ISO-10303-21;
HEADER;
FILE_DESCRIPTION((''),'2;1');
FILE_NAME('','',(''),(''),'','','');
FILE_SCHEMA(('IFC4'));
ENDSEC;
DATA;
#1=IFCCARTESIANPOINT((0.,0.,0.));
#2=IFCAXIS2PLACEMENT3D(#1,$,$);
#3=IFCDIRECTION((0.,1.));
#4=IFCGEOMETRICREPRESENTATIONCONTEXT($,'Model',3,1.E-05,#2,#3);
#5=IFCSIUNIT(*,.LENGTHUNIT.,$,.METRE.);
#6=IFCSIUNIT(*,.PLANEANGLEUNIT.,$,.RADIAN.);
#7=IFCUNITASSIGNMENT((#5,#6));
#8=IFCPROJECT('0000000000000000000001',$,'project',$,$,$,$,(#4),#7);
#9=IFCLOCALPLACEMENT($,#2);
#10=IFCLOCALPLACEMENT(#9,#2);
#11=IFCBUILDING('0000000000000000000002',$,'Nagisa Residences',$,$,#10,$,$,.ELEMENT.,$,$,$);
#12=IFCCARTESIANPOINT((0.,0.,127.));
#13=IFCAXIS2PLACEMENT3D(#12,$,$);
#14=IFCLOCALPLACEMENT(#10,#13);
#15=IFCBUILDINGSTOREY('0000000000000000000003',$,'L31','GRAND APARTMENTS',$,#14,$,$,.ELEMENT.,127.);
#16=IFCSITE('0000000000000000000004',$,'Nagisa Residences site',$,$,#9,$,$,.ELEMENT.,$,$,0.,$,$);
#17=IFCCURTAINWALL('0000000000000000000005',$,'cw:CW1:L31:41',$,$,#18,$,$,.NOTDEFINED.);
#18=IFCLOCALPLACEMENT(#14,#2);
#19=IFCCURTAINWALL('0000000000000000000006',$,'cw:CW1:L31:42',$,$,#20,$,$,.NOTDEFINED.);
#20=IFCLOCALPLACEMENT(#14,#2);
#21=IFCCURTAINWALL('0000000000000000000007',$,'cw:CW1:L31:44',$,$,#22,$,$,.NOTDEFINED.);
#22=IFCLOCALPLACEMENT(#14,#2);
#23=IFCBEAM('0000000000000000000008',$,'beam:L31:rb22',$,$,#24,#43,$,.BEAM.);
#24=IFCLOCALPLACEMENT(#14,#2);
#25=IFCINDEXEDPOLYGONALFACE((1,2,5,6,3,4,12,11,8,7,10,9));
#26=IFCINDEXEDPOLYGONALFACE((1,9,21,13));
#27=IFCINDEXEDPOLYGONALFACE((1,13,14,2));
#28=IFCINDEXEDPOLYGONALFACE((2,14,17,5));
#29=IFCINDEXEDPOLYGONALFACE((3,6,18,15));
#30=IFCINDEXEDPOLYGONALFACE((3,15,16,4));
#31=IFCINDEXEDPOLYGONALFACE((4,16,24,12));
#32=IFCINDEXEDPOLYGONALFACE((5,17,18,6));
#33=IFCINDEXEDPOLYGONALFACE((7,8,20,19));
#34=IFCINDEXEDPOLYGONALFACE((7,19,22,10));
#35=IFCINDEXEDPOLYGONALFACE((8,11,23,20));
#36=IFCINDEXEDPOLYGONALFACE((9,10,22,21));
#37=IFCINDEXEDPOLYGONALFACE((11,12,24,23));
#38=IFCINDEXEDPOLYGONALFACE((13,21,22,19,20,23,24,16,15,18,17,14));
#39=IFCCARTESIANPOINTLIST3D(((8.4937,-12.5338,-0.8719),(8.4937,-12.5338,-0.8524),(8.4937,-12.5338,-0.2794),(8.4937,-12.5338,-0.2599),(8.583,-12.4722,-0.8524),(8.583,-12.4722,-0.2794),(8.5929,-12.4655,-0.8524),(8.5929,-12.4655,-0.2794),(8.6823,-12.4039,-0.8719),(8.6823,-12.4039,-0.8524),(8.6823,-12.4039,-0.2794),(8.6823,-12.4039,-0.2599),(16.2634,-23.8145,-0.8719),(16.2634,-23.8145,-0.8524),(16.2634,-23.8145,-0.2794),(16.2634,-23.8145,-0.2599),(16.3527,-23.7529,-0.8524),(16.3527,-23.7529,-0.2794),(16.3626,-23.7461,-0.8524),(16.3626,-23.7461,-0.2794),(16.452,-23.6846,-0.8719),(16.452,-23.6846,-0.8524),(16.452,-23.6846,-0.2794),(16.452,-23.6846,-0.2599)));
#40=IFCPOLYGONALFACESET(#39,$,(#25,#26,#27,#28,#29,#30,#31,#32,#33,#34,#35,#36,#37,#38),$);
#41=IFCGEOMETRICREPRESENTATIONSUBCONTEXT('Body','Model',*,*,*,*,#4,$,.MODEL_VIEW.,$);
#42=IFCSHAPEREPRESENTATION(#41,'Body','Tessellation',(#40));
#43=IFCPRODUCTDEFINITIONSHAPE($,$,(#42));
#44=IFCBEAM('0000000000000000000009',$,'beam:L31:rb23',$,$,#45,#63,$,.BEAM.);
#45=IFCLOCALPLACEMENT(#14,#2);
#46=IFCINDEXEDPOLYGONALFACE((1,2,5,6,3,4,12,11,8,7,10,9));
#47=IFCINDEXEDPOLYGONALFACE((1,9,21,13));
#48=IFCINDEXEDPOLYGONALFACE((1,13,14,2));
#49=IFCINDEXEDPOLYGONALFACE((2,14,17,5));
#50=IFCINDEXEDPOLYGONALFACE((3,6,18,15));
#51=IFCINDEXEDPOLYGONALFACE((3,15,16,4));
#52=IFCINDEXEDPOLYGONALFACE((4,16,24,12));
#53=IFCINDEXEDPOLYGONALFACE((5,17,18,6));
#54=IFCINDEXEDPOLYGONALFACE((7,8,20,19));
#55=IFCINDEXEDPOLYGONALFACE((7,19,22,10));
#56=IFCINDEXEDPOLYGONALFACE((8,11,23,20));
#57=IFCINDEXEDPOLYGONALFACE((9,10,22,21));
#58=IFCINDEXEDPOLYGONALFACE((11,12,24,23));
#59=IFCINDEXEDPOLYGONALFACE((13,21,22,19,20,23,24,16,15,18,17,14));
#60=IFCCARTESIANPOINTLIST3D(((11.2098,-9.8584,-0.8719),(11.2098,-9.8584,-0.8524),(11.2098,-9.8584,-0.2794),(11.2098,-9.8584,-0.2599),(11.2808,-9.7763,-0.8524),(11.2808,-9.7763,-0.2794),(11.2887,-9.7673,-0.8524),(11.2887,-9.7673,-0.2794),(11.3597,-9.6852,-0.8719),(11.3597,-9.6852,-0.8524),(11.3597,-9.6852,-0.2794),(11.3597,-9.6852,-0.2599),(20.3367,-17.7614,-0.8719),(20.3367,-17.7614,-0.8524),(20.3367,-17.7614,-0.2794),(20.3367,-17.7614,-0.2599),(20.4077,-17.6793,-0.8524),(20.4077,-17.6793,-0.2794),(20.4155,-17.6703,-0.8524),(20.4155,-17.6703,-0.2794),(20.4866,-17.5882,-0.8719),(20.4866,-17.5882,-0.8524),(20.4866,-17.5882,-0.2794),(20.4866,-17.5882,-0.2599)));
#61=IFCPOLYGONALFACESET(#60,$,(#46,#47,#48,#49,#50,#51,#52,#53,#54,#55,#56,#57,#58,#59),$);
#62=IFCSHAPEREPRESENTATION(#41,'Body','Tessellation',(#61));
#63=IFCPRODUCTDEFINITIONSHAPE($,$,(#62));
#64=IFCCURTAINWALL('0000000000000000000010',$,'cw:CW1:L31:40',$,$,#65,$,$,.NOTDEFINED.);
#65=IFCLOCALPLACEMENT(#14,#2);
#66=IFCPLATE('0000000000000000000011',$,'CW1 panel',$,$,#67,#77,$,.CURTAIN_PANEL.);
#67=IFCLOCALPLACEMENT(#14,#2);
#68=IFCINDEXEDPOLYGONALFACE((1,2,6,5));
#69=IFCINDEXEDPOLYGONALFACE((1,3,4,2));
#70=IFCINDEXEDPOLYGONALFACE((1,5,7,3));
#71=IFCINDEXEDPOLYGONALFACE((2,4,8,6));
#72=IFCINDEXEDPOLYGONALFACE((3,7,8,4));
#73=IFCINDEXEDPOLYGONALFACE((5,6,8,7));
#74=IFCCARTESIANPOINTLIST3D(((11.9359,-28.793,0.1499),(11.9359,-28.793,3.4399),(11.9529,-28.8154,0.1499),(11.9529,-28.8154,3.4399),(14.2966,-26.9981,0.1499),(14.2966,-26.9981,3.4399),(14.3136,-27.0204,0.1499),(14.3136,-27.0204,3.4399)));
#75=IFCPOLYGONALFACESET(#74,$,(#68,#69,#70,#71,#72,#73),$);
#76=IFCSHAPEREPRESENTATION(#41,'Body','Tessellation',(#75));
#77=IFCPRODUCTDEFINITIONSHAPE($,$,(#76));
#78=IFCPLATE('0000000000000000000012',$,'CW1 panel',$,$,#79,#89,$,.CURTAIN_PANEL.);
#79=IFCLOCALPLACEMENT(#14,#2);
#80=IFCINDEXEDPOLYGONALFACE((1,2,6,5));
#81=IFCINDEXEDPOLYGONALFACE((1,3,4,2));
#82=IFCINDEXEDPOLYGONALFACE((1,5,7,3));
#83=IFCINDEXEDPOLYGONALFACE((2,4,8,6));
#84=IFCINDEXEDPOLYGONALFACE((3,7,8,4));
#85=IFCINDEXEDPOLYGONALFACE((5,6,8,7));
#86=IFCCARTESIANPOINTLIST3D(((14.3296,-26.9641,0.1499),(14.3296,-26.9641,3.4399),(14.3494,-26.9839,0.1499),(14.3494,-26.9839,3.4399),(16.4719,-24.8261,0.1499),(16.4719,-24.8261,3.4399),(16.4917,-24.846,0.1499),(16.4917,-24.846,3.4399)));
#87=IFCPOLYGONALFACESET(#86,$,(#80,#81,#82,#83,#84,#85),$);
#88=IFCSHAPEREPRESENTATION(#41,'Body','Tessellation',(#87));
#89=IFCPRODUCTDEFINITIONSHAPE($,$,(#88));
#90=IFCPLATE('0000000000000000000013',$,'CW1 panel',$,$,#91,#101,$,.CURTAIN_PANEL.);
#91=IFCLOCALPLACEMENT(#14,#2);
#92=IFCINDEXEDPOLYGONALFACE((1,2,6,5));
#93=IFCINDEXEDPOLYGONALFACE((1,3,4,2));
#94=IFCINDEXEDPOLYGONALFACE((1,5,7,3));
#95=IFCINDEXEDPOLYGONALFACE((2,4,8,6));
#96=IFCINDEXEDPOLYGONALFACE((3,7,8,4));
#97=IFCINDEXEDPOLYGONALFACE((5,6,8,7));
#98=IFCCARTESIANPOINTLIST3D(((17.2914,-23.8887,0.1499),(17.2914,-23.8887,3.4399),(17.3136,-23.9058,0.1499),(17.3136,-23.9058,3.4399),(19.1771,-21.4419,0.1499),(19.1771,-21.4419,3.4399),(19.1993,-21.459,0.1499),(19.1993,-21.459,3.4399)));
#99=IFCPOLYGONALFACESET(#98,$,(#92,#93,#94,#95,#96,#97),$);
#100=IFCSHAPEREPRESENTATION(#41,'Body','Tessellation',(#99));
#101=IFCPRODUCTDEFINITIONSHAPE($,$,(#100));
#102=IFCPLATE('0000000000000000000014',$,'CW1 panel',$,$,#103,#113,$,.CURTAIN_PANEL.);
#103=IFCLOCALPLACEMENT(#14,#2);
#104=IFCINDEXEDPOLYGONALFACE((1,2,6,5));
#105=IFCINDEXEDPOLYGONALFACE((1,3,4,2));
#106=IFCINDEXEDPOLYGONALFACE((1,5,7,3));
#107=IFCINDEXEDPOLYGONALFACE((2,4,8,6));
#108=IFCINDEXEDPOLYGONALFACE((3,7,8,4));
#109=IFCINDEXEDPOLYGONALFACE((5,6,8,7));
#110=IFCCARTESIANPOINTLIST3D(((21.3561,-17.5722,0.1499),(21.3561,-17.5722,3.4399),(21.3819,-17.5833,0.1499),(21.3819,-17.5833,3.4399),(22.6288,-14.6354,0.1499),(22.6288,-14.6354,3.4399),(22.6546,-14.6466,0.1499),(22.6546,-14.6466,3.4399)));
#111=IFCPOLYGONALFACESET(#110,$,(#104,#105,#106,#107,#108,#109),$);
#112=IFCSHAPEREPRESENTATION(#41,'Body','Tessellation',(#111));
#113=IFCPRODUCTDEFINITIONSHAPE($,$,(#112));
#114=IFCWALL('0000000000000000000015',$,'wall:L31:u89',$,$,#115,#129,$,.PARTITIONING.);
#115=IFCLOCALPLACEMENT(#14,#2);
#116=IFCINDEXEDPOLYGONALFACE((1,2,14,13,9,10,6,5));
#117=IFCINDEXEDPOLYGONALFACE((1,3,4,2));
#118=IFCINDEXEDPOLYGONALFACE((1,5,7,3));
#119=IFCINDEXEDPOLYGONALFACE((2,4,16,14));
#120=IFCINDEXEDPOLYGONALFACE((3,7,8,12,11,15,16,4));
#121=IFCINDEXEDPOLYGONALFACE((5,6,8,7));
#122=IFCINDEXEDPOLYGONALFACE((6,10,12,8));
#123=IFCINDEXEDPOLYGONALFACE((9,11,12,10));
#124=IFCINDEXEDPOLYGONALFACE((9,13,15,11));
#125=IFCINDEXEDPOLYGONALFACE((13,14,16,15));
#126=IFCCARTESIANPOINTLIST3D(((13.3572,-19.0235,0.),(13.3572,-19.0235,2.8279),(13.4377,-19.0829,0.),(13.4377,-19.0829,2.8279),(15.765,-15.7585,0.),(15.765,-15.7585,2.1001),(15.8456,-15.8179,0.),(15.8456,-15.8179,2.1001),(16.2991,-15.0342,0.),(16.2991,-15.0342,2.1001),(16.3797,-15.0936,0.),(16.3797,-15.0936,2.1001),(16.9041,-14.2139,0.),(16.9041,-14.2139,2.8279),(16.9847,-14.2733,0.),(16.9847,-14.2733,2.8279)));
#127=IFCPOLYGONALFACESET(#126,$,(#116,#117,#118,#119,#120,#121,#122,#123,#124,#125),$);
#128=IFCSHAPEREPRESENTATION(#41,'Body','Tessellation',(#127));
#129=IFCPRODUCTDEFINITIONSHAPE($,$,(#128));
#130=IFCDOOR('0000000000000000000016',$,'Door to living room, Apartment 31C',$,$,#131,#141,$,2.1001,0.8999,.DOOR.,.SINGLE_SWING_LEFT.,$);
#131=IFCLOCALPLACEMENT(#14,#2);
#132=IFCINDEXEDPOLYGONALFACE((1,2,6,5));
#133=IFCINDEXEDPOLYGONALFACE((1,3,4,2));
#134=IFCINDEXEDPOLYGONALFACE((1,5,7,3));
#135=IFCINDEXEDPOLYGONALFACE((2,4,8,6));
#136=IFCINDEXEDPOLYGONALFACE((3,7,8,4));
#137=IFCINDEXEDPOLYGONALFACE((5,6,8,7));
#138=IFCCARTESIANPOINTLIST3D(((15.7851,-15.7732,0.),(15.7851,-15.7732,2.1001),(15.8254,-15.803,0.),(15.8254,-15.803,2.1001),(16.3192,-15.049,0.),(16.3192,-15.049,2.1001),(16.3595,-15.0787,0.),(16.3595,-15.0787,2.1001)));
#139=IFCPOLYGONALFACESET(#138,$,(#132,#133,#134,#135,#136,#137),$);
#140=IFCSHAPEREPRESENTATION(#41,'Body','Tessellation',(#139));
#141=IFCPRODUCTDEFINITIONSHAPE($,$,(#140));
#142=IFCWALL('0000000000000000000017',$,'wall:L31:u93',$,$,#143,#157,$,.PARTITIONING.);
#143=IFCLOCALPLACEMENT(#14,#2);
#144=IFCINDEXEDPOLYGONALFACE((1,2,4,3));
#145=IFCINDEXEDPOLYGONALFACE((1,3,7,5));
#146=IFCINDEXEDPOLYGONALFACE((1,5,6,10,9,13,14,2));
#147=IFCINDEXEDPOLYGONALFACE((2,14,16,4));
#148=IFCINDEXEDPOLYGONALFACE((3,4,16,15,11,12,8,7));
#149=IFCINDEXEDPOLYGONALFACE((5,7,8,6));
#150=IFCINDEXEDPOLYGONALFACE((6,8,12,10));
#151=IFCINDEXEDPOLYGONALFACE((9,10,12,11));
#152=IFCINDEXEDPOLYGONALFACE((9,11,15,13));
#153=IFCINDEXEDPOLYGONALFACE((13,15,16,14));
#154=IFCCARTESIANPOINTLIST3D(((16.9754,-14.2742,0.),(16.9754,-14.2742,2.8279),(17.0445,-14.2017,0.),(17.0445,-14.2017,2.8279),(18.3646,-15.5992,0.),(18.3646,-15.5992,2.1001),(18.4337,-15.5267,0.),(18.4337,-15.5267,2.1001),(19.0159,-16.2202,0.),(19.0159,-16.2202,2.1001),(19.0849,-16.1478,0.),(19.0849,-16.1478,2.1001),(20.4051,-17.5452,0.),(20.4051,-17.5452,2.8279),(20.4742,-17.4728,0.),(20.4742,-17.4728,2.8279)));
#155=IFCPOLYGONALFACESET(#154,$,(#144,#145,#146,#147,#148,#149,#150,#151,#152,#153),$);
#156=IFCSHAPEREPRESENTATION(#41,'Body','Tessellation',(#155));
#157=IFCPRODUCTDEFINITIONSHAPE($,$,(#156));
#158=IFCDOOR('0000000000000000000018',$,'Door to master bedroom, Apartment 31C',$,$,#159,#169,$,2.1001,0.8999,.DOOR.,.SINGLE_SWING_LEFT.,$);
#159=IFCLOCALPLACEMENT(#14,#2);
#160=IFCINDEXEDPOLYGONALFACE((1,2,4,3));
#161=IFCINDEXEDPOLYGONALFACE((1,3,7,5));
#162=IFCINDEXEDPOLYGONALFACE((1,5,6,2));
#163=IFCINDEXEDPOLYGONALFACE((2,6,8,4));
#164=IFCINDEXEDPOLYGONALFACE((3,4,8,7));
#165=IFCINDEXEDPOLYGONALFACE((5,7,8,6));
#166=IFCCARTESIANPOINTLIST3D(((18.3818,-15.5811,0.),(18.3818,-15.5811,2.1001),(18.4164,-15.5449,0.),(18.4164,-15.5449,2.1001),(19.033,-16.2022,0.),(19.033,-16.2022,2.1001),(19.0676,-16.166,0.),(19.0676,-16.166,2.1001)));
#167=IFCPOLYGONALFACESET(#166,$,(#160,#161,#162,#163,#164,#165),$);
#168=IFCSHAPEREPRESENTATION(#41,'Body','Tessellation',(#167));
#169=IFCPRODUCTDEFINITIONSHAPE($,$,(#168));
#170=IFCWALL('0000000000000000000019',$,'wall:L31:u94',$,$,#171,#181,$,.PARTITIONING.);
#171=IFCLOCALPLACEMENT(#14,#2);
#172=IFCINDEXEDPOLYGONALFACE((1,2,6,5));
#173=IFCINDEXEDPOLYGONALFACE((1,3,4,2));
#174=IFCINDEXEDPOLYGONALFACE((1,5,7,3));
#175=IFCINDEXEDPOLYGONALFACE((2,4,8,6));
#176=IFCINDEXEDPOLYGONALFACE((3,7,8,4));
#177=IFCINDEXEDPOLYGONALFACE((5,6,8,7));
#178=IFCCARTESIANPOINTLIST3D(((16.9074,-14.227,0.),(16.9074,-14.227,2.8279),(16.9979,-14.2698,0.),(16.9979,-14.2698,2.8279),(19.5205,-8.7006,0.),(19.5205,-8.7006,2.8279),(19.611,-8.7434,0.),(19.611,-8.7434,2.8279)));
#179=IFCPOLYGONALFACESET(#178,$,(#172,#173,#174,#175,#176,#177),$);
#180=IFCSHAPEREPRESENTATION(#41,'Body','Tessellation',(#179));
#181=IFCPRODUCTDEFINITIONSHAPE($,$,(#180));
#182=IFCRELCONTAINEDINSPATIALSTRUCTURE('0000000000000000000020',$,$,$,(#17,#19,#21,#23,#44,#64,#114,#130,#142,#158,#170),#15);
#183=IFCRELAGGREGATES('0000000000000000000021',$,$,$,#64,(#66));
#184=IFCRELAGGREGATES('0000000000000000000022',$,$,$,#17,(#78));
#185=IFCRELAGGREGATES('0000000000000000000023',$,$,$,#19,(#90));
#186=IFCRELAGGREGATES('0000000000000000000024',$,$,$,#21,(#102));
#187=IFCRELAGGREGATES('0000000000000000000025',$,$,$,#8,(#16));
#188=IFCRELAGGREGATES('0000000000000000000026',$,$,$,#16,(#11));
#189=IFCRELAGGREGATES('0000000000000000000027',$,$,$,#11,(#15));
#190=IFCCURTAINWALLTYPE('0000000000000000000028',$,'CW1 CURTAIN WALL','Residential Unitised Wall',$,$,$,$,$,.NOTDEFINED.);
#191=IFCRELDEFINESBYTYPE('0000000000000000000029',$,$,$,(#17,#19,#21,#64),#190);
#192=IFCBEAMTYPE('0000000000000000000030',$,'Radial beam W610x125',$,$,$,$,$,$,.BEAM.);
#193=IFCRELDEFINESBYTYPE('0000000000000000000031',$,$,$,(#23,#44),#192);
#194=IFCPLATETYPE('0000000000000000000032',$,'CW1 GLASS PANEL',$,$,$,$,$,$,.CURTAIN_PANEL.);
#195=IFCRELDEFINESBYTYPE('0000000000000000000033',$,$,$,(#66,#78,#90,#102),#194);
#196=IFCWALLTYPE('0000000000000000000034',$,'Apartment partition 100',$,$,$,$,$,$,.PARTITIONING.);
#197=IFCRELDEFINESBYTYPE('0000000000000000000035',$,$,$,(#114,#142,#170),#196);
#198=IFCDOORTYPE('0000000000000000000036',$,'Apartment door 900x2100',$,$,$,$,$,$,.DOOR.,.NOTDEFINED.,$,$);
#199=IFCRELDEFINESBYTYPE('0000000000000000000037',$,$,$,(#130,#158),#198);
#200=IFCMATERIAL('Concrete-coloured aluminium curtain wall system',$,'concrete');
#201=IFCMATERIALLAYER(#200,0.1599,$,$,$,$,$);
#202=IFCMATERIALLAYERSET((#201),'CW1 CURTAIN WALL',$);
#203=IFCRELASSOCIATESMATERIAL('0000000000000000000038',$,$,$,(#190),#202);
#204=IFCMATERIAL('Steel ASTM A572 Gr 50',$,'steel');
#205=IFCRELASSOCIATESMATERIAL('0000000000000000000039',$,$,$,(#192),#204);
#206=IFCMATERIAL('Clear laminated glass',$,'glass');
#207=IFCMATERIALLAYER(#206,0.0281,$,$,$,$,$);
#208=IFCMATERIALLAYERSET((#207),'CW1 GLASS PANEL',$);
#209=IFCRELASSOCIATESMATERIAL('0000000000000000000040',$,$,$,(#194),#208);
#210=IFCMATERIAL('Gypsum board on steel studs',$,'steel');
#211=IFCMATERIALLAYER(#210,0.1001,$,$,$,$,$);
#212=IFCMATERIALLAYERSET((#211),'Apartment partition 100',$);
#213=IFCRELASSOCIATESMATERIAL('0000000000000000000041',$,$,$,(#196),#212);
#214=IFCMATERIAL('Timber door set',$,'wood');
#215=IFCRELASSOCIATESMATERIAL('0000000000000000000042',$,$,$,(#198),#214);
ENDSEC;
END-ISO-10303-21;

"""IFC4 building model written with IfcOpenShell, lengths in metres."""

from ifc_helpers import new_model, si_unit, direction, frame, frame_2d, origin, origin_2d, place, context, subcontext, project, spatial, rectangle, i_section, extrude, material, layer, layer_set, material_profile, profile_set, type_object, element, fill, aggregate, save


model = new_model("IFC4")

# Units and contexts
model_context = context("Model", 3, precision=1e-05, world=origin(), true_north=direction((0.0, 1.0)))
body_context = subcontext(model_context, "Body", "Model", "MODEL_VIEW")
ifc_project = project(units=[si_unit("LENGTHUNIT", "METRE"), si_unit("PLANEANGLEUNIT", "RADIAN")], contexts=[model_context])

# Site, building, storey
site_placement = place(None, origin())
site = spatial("IfcSite", under=ifc_project, at=site_placement, Name="Nagisa Residences site", CompositionType="ELEMENT", RefElevation=0.0)
building_placement = place(site_placement, origin())
building = spatial("IfcBuilding", under=site, at=building_placement, Name="Nagisa Residences", CompositionType="ELEMENT")
storey_placement = place(building_placement, frame((0.0, 0.0, 127.0)))
storey = spatial("IfcBuildingStorey", under=building, at=storey_placement, Name="L31", Description="GRAND APARTMENTS", CompositionType="ELEMENT", Elevation=127.0)

# Curtain walls
ifc_material_1 = material(Name="Concrete-coloured aluminium curtain wall system", Category="concrete")
ifc_layer_1 = layer(ifc_material_1, 0.1599)
ifc_layer_set_1 = layer_set([ifc_layer_1], Name="CW1 CURTAIN WALL")
curtain_wall_type = type_object("IfcCurtainWallType", Name="CW1 CURTAIN WALL", Description="Residential Unitised Wall", PredefinedType="NOTDEFINED", material=ifc_layer_set_1)
curtain_wall_1_placement = place(storey_placement, origin())
curtain_wall_1 = element("IfcCurtainWall", 1, at=curtain_wall_1_placement, inside=storey, type_object=curtain_wall_type, Name="cw:CW1:L31:41", PredefinedType="NOTDEFINED")
curtain_wall_2_placement = place(storey_placement, origin())
curtain_wall_2 = element("IfcCurtainWall", 2, at=curtain_wall_2_placement, inside=storey, type_object=curtain_wall_type, Name="cw:CW1:L31:42", PredefinedType="NOTDEFINED")
curtain_wall_3_placement = place(storey_placement, origin())
curtain_wall_3 = element("IfcCurtainWall", 3, at=curtain_wall_3_placement, inside=storey, type_object=curtain_wall_type, Name="cw:CW1:L31:44", PredefinedType="NOTDEFINED")

# Beams
ifc_material_2 = material(Name="Steel ASTM A572 Gr 50", Category="steel")
ifc_material_profile_1 = material_profile(ifc_material_2, i_section(OverallWidth=0.229, OverallDepth=0.6121, WebThickness=0.012, FlangeThickness=0.0195, at=origin_2d()), Name="W610x125")
ifc_profile_set_1 = profile_set([ifc_material_profile_1], Name="Steel ASTM A572 Gr 50")
beam_type_1 = type_object("IfcBeamType", Name="Radial beam W610x125", PredefinedType="BEAM", material=ifc_profile_set_1)
beam_1_placement = place(storey_placement, frame((16.3577, -23.7495, -0.5659), z_axis=(-0.567235, 0.823556, 0.0), x_axis=(-0.823556, -0.567235, 0.0)))
element("IfcBeam", 4, at=beam_1_placement, inside=storey, type_object=beam_type_1, Name="beam:L31:rb22", PredefinedType="BEAM", context=body_context, shape_type="SweptSolid", body=[
    extrude(i_section(OverallWidth=0.229, OverallDepth=0.6121, WebThickness=0.012, FlangeThickness=0.0195, at=origin_2d()), origin(), (0.0, 0.0, 1.0), 13.6975),
])
beam_2_placement = place(storey_placement, frame((20.4116, -17.6748, -0.5659), z_axis=(-0.755974, 0.654602, 0.0), x_axis=(-0.654602, -0.755974, 0.0)))
element("IfcBeam", 5, at=beam_2_placement, inside=storey, type_object=beam_type_1, Name="beam:L31:rb23", PredefinedType="BEAM", context=body_context, shape_type="SweptSolid", body=[
    extrude(i_section(OverallWidth=0.229, OverallDepth=0.6121, WebThickness=0.012, FlangeThickness=0.0195, at=origin_2d()), origin(), (0.0, 0.0, 1.0), 12.073),
])

# Curtain wall, plate
curtain_wall_4_placement = place(storey_placement, origin())
curtain_wall_4 = element("IfcCurtainWall", 6, at=curtain_wall_4_placement, inside=storey, type_object=curtain_wall_type, Name="cw:CW1:L31:40", PredefinedType="NOTDEFINED")
ifc_material_3 = material(Name="Clear laminated glass", Category="glass")
ifc_layer_2 = layer(ifc_material_3, 0.0281)
ifc_layer_set_2 = layer_set([ifc_layer_2], Name="CW1 GLASS PANEL")
plate_type = type_object("IfcPlateType", Name="CW1 GLASS PANEL", PredefinedType="CURTAIN_PANEL", material=ifc_layer_set_2)
plate_1_placement = place(storey_placement, frame((13.1248, -27.9067, 0.1499), z_axis=(0.0, 0.0, 1.0), x_axis=(0.796031, 0.605255, 0.0)))
plate_1 = element("IfcPlate", 7, at=plate_1_placement, type_object=plate_type, Name="CW1 panel", PredefinedType="CURTAIN_PANEL", context=body_context, shape_type="SweptSolid", body=[
    extrude(rectangle(XDim=2.9656, YDim=0.0281, at=origin_2d()), origin(), (0.0, 0.0, 1.0), 3.29),
])
aggregate(curtain_wall_4, [plate_1])

# Plates
plate_2_placement = place(storey_placement, frame((15.4106, -25.905, 0.1499), z_axis=(0.0, 0.0, 1.0), x_axis=(0.707836, 0.706377, 0.0)))
plate_2 = element("IfcPlate", 8, at=plate_2_placement, type_object=plate_type, Name="CW1 panel", PredefinedType="CURTAIN_PANEL", context=body_context, shape_type="SweptSolid", body=[
    extrude(rectangle(XDim=3.0266, YDim=0.0281, at=origin_2d()), origin(), (0.0, 0.0, 1.0), 3.29),
])
aggregate(curtain_wall_1, [plate_2])
plate_3_placement = place(storey_placement, frame((18.2454, -22.6738, 0.1499), z_axis=(0.0, 0.0, 1.0), x_axis=(0.61043, 0.79207, 0.0)))
plate_3 = element("IfcPlate", 9, at=plate_3_placement, type_object=plate_type, Name="CW1 panel", PredefinedType="CURTAIN_PANEL", context=body_context, shape_type="SweptSolid", body=[
    extrude(rectangle(XDim=3.0891, YDim=0.0281, at=origin_2d()), origin(), (0.0, 0.0, 1.0), 3.29),
])
aggregate(curtain_wall_2, [plate_3])
plate_4_placement = place(storey_placement, frame((22.0054, -16.1094, 0.1499), z_axis=(0.0, 0.0, 1.0), x_axis=(0.397636, 0.917543, 0.0)))
plate_4 = element("IfcPlate", 10, at=plate_4_placement, type_object=plate_type, Name="CW1 panel", PredefinedType="CURTAIN_PANEL", context=body_context, shape_type="SweptSolid", body=[
    extrude(rectangle(XDim=3.2007, YDim=0.0281, at=origin_2d()), origin(), (0.0, 0.0, 1.0), 3.29),
])
aggregate(curtain_wall_3, [plate_4])

# Walls, openings, doors
ifc_material_4 = material(Name="Gypsum board on steel studs", Category="steel")
ifc_layer_3 = layer(ifc_material_4, 0.1001)
ifc_layer_set_3 = layer_set([ifc_layer_3], Name="Apartment partition 100")
wall_type_1 = type_object("IfcWallType", Name="Apartment partition 100", PredefinedType="PARTITIONING", material=ifc_layer_set_3)
wall_1_placement = place(storey_placement, frame((13.3975, -19.0532, 0.0), z_axis=(0.0, 0.0, 1.0), x_axis=(0.593522, 0.804818, 0.0)))
wall_1 = element("IfcWall", 11, at=wall_1_placement, inside=storey, type_object=wall_type_1, Name="wall:L31:u89", PredefinedType="PARTITIONING", context=body_context, shape_type="SweptSolid", body=[
    extrude(rectangle(XDim=5.9761, YDim=0.1001, at=frame_2d((2.988, 0.0))), origin(), (0.0, 0.0, 1.0), 2.8279),
])
opening_1_placement = place(wall_1_placement, frame((4.0569, 0.0, 0.0)))
opening_1 = element("IfcOpeningElement", 12, at=opening_1_placement, cuts=wall_1, PredefinedType="OPENING", context=body_context, shape_type="SweptSolid", body=[
    extrude(rectangle(XDim=0.8999, YDim=2.1001, at=frame_2d((0.45, 1.05))), frame((0.0, 0.0601, 0.0), z_axis=(0.0, -1.0, 0.0), x_axis=(1.0, 0.0, 0.0)), (0.0, 0.0, 1.0), 0.1201),
])
ifc_material_5 = material(Name="Timber door set", Category="wood")
door_type_1 = type_object("IfcDoorType", Name="Apartment door 900x2100", OperationType="NOTDEFINED", PredefinedType="DOOR", material=ifc_material_5)
door_1_placement = place(opening_1_placement, frame((0.8999, 0.0, 0.0), x_axis=(-1.0, 0.0, 0.0)))
door_1 = element("IfcDoor", 13, at=door_1_placement, inside=storey, type_object=door_type_1, Name="Door to living room, Apartment 31C", OperationType="SINGLE_SWING_LEFT", OverallHeight=2.1001, OverallWidth=0.8999, PredefinedType="DOOR", context=body_context, shape_type="SweptSolid", body=[
    extrude(rectangle(XDim=0.8999, YDim=2.1001, at=frame_2d((0.45, 1.05))), frame((0.0, 0.0249, 0.0), z_axis=(0.0, -1.0, 0.0), x_axis=(1.0, 0.0, 0.0)), (0.0, 0.0, 1.0), 0.05),
])
fill(opening_1, door_1)
wall_2_placement = place(storey_placement, frame((17.01, -14.238, 0.0), z_axis=(0.0, 0.0, 1.0), x_axis=(0.72365, -0.690167, 0.0)))
wall_2 = element("IfcWall", 14, at=wall_2_placement, inside=storey, type_object=wall_type_1, Name="wall:L31:u93", PredefinedType="PARTITIONING", context=body_context, shape_type="SweptSolid", body=[
    extrude(rectangle(XDim=4.7395, YDim=0.1001, at=frame_2d((2.3696, 0.0))), origin(), (0.0, 0.0, 1.0), 2.8279),
])
opening_2_placement = place(wall_2_placement, frame((1.9197, 0.0, 0.0)))
opening_2 = element("IfcOpeningElement", 15, at=opening_2_placement, cuts=wall_2, PredefinedType="OPENING", context=body_context, shape_type="SweptSolid", body=[
    extrude(rectangle(XDim=0.8999, YDim=2.1001, at=frame_2d((0.45, 1.05))), frame((0.0, 0.0601, 0.0), z_axis=(0.0, -1.0, 0.0), x_axis=(1.0, 0.0, 0.0)), (0.0, 0.0, 1.0), 0.1201),
])
door_2_placement = place(opening_2_placement, origin())
door_2 = element("IfcDoor", 16, at=door_2_placement, inside=storey, type_object=door_type_1, Name="Door to master bedroom, Apartment 31C", OperationType="SINGLE_SWING_LEFT", OverallHeight=2.1001, OverallWidth=0.8999, PredefinedType="DOOR", context=body_context, shape_type="SweptSolid", body=[
    extrude(rectangle(XDim=0.8999, YDim=2.1001, at=frame_2d((0.45, 1.05))), frame((0.0, 0.0249, 0.0), z_axis=(0.0, -1.0, 0.0), x_axis=(1.0, 0.0, 0.0)), (0.0, 0.0, 1.0), 0.05),
])
fill(opening_2, door_2)

# Wall
wall_3_placement = place(storey_placement, frame((16.9526, -14.2485, 0.0), z_axis=(0.0, 0.0, 1.0), x_axis=(0.427456, 0.904036, 0.0)))
element("IfcWall", 17, at=wall_3_placement, inside=storey, type_object=wall_type_1, Name="wall:L31:u94", PredefinedType="PARTITIONING", context=body_context, shape_type="SweptSolid", body=[
    extrude(rectangle(XDim=6.113, YDim=0.1001, at=frame_2d((3.0566, 0.0))), origin(), (0.0, 0.0, 1.0), 2.8279),
])

save(model, "model.ifc")
